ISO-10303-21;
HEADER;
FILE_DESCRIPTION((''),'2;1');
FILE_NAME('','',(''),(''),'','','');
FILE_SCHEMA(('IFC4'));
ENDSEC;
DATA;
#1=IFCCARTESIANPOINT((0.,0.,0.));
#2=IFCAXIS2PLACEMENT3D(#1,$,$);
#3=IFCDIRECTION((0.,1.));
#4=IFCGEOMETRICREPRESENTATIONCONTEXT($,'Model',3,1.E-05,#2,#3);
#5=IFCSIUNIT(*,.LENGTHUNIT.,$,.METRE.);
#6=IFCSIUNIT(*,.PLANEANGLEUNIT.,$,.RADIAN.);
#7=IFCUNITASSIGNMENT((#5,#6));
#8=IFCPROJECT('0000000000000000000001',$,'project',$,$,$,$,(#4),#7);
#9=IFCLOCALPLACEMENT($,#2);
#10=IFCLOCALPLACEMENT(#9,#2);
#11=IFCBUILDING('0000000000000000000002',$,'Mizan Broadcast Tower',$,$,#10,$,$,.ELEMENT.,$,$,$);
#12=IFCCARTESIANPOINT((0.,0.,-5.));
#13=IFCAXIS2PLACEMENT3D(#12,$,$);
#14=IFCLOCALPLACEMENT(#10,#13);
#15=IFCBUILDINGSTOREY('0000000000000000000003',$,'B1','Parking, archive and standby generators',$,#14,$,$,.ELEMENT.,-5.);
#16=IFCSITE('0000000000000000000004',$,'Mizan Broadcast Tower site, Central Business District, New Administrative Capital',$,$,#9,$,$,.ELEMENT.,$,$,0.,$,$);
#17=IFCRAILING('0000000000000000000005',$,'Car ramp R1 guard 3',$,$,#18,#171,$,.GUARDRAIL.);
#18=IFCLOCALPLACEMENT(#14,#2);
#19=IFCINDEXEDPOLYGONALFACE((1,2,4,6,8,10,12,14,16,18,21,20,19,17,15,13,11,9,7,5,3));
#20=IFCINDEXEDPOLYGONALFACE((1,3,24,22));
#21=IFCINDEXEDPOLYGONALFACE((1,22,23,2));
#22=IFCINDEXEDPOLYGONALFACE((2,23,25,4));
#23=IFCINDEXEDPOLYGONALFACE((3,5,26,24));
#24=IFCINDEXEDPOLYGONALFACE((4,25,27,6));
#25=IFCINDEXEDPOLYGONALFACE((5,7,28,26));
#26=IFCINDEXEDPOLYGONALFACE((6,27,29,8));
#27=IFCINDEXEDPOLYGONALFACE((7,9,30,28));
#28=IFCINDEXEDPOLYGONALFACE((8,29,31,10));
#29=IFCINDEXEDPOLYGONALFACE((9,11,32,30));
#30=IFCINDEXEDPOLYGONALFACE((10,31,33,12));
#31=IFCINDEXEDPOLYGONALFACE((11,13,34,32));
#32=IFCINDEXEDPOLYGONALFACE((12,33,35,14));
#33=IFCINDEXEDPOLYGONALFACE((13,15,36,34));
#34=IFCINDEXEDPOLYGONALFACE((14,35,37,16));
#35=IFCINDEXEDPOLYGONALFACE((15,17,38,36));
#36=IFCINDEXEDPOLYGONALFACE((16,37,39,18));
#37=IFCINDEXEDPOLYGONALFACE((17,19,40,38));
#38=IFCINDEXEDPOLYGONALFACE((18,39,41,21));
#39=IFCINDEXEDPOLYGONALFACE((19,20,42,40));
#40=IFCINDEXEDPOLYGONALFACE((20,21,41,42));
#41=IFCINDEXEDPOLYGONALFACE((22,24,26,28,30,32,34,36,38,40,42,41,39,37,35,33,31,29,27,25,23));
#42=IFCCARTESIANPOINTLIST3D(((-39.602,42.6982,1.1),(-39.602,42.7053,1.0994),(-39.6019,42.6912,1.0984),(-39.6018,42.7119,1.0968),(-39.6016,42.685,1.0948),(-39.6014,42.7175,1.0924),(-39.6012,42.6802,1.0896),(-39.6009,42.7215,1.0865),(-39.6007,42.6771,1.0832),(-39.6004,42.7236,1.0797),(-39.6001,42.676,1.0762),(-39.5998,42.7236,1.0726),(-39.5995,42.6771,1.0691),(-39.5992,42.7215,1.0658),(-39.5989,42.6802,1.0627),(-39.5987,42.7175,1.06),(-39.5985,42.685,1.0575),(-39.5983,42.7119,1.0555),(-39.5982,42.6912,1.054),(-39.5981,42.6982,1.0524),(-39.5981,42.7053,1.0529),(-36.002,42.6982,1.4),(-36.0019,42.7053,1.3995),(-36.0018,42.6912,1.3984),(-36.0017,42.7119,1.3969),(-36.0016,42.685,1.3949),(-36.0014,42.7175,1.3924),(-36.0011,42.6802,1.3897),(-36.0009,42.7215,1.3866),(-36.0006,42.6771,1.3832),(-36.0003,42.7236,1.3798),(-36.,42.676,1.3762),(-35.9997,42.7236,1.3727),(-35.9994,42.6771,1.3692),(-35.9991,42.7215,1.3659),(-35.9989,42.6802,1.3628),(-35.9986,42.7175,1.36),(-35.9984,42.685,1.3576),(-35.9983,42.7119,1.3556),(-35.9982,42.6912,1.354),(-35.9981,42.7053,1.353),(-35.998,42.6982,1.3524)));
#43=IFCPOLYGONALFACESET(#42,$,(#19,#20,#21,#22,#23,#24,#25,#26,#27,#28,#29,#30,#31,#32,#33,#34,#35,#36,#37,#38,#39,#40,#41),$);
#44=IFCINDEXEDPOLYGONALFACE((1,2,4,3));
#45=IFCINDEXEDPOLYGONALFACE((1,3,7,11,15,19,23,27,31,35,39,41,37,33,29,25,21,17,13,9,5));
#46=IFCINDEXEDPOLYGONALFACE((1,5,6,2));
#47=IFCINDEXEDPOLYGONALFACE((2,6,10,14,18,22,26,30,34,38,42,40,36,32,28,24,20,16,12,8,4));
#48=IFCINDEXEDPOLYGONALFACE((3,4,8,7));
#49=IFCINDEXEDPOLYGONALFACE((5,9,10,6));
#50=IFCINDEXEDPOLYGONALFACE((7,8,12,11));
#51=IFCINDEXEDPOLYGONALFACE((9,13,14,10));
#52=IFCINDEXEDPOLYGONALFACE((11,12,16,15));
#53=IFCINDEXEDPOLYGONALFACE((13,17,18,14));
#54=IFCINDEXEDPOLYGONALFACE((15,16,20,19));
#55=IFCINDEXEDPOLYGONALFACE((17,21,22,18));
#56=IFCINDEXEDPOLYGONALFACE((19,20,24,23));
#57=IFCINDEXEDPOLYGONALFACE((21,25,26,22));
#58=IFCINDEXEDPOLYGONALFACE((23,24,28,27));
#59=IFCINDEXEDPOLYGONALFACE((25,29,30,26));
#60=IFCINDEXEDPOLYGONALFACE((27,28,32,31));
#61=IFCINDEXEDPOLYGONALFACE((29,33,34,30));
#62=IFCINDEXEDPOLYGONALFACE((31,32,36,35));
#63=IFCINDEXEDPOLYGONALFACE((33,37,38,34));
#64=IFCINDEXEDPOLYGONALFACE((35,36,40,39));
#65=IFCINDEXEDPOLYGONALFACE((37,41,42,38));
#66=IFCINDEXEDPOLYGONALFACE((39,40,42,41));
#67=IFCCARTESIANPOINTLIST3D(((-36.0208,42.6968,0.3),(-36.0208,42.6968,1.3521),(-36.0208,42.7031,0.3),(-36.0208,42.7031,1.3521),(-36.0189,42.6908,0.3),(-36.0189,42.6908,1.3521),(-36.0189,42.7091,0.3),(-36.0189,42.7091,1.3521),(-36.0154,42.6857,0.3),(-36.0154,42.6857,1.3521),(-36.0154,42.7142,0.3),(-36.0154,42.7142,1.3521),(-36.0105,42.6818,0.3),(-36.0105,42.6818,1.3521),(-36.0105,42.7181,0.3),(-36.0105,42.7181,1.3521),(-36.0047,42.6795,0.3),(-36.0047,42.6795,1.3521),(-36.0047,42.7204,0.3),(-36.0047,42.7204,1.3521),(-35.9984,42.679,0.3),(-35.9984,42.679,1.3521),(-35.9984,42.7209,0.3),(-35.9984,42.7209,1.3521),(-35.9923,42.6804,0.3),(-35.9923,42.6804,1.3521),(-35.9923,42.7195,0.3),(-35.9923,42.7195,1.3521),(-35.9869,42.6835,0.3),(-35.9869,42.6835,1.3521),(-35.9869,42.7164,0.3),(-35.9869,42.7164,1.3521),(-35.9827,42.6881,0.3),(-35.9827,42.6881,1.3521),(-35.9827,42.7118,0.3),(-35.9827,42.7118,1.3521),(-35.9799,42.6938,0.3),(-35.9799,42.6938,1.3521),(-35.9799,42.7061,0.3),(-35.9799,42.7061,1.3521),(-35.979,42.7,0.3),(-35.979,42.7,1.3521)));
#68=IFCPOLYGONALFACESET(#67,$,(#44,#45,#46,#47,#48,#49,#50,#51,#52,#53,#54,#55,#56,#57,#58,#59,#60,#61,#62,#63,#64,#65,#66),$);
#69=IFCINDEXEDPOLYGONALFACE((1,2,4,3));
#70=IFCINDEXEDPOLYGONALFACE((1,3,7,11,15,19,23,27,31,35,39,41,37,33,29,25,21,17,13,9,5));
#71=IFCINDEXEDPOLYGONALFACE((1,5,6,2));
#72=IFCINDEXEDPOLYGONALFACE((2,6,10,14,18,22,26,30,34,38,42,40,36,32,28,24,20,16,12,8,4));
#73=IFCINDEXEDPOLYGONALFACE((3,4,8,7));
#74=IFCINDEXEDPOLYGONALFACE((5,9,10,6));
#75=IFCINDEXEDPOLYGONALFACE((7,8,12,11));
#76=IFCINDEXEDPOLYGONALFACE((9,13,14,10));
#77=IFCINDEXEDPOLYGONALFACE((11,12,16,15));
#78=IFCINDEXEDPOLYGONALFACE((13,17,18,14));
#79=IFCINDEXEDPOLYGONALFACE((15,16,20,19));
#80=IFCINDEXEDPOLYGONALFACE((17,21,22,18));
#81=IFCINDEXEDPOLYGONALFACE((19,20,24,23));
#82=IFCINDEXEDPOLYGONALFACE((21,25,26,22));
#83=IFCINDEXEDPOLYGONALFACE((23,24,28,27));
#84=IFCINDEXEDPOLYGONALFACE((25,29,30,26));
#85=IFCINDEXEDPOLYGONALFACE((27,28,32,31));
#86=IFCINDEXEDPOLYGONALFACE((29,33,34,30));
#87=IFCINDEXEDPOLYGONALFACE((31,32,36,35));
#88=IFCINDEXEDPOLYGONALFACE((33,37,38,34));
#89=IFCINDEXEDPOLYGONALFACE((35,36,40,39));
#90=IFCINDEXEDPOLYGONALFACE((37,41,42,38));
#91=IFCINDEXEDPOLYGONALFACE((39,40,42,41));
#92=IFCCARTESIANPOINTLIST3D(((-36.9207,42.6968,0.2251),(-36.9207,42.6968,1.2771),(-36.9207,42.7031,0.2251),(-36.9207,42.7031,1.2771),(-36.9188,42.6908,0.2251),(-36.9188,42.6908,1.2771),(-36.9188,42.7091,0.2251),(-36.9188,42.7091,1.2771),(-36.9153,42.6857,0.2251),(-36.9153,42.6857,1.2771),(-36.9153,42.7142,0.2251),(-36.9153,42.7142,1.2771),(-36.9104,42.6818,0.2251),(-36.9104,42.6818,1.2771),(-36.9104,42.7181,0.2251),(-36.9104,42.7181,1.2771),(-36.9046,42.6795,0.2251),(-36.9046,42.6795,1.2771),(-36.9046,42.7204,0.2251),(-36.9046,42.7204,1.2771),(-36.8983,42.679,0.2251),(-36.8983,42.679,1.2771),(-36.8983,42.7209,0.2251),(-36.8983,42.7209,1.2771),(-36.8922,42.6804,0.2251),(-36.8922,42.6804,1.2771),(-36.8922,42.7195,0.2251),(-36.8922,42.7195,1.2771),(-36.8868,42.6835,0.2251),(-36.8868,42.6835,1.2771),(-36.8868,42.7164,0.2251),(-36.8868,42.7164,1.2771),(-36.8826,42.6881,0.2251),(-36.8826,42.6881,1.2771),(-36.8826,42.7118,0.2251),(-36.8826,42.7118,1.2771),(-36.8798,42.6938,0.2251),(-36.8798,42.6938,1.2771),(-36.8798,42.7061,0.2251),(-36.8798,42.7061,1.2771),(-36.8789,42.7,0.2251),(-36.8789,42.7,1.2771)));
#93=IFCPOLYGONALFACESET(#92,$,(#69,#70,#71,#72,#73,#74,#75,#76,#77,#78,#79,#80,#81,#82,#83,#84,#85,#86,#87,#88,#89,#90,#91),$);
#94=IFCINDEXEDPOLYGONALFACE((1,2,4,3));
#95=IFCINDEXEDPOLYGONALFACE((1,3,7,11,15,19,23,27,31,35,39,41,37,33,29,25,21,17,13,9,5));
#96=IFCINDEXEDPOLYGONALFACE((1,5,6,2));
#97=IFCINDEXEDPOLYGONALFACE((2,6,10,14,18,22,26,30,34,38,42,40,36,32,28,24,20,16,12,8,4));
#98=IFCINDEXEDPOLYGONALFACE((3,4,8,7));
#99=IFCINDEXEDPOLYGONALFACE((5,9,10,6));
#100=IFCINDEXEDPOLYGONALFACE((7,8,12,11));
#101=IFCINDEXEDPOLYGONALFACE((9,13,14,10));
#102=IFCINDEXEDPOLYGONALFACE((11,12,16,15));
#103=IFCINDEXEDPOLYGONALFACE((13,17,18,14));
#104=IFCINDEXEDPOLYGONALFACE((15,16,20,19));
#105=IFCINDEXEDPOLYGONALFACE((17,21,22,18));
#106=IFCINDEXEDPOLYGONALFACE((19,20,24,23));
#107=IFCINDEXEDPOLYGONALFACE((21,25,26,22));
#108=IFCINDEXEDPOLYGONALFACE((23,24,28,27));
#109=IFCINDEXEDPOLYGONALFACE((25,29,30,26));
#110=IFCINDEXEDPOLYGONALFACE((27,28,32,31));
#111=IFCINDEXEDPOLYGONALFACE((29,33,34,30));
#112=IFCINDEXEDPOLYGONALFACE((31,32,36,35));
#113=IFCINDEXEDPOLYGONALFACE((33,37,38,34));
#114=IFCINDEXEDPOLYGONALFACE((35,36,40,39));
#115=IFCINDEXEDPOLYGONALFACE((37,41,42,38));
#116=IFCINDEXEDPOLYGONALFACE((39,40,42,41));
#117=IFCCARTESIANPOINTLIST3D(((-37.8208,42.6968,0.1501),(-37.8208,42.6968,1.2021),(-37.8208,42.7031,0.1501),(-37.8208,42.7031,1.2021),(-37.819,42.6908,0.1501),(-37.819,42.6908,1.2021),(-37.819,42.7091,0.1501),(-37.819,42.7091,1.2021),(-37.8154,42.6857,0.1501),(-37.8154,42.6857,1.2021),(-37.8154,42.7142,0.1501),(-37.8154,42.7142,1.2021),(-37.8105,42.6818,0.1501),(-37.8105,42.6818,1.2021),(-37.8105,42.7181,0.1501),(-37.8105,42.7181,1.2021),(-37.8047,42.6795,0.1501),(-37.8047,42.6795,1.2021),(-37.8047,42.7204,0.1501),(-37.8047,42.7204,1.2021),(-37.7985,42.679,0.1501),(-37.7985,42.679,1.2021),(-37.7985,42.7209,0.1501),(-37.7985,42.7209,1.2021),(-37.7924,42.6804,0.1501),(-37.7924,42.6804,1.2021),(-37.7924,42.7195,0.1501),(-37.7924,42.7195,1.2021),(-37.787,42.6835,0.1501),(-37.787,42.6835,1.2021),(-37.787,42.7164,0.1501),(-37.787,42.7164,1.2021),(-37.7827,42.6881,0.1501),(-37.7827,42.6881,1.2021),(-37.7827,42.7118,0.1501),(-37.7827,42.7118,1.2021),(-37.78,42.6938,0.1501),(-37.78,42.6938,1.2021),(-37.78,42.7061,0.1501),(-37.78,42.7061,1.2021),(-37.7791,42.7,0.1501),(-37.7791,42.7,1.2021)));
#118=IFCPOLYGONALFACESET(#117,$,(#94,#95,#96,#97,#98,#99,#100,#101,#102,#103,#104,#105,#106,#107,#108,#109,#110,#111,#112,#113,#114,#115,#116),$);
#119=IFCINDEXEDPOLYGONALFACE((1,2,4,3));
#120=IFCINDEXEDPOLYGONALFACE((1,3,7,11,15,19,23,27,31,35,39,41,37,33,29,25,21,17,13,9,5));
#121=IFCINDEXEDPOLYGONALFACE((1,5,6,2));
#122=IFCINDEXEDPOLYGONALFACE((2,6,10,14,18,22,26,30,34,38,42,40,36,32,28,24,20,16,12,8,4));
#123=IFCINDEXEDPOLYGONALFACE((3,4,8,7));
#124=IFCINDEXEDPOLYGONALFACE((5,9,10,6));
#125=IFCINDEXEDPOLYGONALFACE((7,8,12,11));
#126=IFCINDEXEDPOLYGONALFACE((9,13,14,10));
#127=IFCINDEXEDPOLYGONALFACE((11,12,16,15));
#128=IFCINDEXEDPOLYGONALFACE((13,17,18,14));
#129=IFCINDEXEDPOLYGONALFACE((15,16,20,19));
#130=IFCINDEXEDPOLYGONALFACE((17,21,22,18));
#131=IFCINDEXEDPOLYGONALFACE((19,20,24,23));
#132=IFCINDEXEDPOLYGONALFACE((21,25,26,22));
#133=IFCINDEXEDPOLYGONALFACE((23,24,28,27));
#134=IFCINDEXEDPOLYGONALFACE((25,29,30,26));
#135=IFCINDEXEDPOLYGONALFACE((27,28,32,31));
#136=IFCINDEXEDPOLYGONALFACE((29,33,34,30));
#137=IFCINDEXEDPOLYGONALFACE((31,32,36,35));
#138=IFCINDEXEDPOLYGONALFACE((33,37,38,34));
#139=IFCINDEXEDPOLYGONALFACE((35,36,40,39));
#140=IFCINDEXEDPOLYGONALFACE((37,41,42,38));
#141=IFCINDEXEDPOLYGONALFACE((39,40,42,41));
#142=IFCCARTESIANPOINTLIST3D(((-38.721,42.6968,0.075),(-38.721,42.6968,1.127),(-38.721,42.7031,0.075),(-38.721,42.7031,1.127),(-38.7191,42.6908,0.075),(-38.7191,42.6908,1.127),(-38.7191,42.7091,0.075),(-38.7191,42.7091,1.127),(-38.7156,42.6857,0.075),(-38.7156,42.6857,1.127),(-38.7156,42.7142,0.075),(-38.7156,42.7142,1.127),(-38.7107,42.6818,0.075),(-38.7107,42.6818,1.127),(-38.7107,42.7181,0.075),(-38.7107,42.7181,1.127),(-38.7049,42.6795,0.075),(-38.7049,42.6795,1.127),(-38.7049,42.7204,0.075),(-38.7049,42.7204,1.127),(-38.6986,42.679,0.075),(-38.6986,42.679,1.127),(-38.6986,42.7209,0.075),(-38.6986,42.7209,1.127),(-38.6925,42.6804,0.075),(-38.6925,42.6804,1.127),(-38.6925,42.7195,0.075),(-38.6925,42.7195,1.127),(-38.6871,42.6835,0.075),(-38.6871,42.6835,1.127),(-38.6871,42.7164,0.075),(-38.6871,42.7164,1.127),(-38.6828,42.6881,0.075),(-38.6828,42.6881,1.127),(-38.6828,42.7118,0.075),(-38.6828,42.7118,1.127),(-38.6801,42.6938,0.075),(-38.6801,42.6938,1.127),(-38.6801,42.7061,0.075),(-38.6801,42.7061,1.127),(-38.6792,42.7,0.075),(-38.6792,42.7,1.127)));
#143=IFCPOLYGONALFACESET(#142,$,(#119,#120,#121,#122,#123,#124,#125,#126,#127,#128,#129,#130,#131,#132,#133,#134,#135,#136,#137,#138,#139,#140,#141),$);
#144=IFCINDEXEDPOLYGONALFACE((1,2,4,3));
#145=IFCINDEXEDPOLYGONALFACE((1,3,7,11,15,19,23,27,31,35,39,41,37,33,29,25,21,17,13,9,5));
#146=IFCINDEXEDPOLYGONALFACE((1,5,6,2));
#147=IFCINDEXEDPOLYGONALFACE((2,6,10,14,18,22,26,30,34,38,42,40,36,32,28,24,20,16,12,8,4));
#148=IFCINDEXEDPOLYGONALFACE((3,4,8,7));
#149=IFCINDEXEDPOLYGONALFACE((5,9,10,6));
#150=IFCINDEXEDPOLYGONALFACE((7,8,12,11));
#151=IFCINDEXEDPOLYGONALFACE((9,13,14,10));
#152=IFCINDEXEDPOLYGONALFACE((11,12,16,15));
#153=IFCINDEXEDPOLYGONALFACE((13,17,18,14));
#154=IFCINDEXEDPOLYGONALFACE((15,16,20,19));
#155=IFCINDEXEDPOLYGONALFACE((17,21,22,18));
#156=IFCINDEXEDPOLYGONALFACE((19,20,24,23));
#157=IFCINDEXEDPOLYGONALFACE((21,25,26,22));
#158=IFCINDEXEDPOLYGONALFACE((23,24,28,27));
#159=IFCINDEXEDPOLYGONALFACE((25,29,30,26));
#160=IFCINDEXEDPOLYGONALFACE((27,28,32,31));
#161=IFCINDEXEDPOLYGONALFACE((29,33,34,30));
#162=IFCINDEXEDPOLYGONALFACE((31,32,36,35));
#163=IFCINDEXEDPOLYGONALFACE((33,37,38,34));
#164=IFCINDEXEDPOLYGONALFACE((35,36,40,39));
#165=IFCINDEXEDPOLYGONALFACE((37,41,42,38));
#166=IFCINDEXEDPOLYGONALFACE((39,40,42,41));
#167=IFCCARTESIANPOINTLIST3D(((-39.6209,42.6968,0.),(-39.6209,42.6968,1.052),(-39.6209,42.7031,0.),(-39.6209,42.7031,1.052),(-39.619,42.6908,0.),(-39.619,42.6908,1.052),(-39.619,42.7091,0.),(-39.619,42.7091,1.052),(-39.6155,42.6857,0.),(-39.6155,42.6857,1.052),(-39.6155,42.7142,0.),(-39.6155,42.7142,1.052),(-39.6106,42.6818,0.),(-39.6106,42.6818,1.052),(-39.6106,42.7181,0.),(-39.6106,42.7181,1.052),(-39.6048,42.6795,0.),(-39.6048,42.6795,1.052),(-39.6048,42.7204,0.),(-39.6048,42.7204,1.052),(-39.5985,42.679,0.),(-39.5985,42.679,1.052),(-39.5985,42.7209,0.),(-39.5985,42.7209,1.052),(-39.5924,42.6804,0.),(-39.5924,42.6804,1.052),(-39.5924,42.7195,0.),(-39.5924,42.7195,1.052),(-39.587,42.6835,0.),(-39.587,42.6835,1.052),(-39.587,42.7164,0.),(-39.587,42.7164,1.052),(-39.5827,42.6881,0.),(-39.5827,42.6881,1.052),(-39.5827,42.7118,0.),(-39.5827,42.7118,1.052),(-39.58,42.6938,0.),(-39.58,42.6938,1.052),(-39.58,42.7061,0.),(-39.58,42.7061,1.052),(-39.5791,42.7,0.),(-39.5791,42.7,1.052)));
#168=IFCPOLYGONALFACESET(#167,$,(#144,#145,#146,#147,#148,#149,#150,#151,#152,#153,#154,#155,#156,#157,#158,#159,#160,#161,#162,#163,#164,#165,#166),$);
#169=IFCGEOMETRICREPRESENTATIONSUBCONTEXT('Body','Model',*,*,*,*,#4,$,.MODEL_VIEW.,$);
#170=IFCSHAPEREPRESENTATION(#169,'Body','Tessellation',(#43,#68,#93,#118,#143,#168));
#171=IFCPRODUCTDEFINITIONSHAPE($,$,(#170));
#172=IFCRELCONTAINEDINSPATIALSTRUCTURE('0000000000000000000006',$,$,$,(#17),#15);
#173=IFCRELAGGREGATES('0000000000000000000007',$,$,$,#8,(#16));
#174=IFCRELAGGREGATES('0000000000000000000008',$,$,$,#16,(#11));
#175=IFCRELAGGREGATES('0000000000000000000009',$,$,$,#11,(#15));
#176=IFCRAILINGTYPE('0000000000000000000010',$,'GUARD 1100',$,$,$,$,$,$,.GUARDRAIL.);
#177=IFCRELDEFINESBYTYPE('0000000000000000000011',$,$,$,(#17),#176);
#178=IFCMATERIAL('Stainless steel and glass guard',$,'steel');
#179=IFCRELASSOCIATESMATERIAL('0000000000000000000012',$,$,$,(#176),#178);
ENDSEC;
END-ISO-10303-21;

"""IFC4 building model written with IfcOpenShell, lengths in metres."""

from ifc_helpers import new_model, si_unit, direction, frame, origin, origin_2d, place, context, subcontext, project, spatial, circle, extrude, material, type_object, element, save


model = new_model("IFC4")

# Units and contexts
model_context = context("Model", 3, precision=1e-05, world=origin(), true_north=direction((0.0, 1.0)))
body_context = subcontext(model_context, "Body", "Model", "MODEL_VIEW")
ifc_project = project(units=[si_unit("LENGTHUNIT", "METRE"), si_unit("PLANEANGLEUNIT", "RADIAN")], contexts=[model_context])

# Site, building, storey
site_placement = place(None, origin())
site = spatial("IfcSite", under=ifc_project, at=site_placement, Name="Mizan Broadcast Tower site, Central Business District, New Administrative Capital", CompositionType="ELEMENT", RefElevation=0.0)
building_placement = place(site_placement, origin())
building = spatial("IfcBuilding", under=site, at=building_placement, Name="Mizan Broadcast Tower", CompositionType="ELEMENT")
storey_placement = place(building_placement, frame((0.0, 0.0, -5.0)))
storey = spatial("IfcBuildingStorey", under=building, at=storey_placement, Name="B1", Description="Parking, archive and standby generators", CompositionType="ELEMENT", Elevation=-5.0)

# Railing
ifc_material_1 = material(Name="Stainless steel and glass guard", Category="steel")
railing_type_1 = type_object("IfcRailingType", Name="GUARD 1100", PredefinedType="GUARDRAIL", material=ifc_material_1)
railing_1_placement = place(storey_placement, frame((-36.0, 42.7, 0.3)))
element("IfcRailing", 1, at=railing_1_placement, inside=storey, type_object=railing_type_1, Name="Car ramp R1 guard 3", PredefinedType="GUARDRAIL", context=body_context, shape_type="SweptSolid", body=[
    extrude(circle(Radius=0.0239, at=origin_2d()), frame((0.0, 0.0, 1.0762), z_axis=(-0.996545, 0.0, -0.083057), x_axis=(0.0, -1.0, 0.0)), (0.0, 0.0, 1.0), 3.6125),
    extrude(circle(Radius=0.021, at=origin_2d()), origin(), (0.0, 0.0, 1.0), 1.052),
    extrude(circle(Radius=0.021, at=origin_2d()), frame((-0.8999, 0.0, -0.075)), (0.0, 0.0, 1.0), 1.052),
    extrude(circle(Radius=0.021, at=origin_2d()), frame((-1.8, 0.0, -0.1499)), (0.0, 0.0, 1.0), 1.052),
    extrude(circle(Radius=0.021, at=origin_2d()), frame((-2.7002, 0.0, -0.2251)), (0.0, 0.0, 1.0), 1.052),
    extrude(circle(Radius=0.021, at=origin_2d()), frame((-3.6001, 0.0, -0.3)), (0.0, 0.0, 1.0), 1.052),
])

save(model, "model.ifc")
